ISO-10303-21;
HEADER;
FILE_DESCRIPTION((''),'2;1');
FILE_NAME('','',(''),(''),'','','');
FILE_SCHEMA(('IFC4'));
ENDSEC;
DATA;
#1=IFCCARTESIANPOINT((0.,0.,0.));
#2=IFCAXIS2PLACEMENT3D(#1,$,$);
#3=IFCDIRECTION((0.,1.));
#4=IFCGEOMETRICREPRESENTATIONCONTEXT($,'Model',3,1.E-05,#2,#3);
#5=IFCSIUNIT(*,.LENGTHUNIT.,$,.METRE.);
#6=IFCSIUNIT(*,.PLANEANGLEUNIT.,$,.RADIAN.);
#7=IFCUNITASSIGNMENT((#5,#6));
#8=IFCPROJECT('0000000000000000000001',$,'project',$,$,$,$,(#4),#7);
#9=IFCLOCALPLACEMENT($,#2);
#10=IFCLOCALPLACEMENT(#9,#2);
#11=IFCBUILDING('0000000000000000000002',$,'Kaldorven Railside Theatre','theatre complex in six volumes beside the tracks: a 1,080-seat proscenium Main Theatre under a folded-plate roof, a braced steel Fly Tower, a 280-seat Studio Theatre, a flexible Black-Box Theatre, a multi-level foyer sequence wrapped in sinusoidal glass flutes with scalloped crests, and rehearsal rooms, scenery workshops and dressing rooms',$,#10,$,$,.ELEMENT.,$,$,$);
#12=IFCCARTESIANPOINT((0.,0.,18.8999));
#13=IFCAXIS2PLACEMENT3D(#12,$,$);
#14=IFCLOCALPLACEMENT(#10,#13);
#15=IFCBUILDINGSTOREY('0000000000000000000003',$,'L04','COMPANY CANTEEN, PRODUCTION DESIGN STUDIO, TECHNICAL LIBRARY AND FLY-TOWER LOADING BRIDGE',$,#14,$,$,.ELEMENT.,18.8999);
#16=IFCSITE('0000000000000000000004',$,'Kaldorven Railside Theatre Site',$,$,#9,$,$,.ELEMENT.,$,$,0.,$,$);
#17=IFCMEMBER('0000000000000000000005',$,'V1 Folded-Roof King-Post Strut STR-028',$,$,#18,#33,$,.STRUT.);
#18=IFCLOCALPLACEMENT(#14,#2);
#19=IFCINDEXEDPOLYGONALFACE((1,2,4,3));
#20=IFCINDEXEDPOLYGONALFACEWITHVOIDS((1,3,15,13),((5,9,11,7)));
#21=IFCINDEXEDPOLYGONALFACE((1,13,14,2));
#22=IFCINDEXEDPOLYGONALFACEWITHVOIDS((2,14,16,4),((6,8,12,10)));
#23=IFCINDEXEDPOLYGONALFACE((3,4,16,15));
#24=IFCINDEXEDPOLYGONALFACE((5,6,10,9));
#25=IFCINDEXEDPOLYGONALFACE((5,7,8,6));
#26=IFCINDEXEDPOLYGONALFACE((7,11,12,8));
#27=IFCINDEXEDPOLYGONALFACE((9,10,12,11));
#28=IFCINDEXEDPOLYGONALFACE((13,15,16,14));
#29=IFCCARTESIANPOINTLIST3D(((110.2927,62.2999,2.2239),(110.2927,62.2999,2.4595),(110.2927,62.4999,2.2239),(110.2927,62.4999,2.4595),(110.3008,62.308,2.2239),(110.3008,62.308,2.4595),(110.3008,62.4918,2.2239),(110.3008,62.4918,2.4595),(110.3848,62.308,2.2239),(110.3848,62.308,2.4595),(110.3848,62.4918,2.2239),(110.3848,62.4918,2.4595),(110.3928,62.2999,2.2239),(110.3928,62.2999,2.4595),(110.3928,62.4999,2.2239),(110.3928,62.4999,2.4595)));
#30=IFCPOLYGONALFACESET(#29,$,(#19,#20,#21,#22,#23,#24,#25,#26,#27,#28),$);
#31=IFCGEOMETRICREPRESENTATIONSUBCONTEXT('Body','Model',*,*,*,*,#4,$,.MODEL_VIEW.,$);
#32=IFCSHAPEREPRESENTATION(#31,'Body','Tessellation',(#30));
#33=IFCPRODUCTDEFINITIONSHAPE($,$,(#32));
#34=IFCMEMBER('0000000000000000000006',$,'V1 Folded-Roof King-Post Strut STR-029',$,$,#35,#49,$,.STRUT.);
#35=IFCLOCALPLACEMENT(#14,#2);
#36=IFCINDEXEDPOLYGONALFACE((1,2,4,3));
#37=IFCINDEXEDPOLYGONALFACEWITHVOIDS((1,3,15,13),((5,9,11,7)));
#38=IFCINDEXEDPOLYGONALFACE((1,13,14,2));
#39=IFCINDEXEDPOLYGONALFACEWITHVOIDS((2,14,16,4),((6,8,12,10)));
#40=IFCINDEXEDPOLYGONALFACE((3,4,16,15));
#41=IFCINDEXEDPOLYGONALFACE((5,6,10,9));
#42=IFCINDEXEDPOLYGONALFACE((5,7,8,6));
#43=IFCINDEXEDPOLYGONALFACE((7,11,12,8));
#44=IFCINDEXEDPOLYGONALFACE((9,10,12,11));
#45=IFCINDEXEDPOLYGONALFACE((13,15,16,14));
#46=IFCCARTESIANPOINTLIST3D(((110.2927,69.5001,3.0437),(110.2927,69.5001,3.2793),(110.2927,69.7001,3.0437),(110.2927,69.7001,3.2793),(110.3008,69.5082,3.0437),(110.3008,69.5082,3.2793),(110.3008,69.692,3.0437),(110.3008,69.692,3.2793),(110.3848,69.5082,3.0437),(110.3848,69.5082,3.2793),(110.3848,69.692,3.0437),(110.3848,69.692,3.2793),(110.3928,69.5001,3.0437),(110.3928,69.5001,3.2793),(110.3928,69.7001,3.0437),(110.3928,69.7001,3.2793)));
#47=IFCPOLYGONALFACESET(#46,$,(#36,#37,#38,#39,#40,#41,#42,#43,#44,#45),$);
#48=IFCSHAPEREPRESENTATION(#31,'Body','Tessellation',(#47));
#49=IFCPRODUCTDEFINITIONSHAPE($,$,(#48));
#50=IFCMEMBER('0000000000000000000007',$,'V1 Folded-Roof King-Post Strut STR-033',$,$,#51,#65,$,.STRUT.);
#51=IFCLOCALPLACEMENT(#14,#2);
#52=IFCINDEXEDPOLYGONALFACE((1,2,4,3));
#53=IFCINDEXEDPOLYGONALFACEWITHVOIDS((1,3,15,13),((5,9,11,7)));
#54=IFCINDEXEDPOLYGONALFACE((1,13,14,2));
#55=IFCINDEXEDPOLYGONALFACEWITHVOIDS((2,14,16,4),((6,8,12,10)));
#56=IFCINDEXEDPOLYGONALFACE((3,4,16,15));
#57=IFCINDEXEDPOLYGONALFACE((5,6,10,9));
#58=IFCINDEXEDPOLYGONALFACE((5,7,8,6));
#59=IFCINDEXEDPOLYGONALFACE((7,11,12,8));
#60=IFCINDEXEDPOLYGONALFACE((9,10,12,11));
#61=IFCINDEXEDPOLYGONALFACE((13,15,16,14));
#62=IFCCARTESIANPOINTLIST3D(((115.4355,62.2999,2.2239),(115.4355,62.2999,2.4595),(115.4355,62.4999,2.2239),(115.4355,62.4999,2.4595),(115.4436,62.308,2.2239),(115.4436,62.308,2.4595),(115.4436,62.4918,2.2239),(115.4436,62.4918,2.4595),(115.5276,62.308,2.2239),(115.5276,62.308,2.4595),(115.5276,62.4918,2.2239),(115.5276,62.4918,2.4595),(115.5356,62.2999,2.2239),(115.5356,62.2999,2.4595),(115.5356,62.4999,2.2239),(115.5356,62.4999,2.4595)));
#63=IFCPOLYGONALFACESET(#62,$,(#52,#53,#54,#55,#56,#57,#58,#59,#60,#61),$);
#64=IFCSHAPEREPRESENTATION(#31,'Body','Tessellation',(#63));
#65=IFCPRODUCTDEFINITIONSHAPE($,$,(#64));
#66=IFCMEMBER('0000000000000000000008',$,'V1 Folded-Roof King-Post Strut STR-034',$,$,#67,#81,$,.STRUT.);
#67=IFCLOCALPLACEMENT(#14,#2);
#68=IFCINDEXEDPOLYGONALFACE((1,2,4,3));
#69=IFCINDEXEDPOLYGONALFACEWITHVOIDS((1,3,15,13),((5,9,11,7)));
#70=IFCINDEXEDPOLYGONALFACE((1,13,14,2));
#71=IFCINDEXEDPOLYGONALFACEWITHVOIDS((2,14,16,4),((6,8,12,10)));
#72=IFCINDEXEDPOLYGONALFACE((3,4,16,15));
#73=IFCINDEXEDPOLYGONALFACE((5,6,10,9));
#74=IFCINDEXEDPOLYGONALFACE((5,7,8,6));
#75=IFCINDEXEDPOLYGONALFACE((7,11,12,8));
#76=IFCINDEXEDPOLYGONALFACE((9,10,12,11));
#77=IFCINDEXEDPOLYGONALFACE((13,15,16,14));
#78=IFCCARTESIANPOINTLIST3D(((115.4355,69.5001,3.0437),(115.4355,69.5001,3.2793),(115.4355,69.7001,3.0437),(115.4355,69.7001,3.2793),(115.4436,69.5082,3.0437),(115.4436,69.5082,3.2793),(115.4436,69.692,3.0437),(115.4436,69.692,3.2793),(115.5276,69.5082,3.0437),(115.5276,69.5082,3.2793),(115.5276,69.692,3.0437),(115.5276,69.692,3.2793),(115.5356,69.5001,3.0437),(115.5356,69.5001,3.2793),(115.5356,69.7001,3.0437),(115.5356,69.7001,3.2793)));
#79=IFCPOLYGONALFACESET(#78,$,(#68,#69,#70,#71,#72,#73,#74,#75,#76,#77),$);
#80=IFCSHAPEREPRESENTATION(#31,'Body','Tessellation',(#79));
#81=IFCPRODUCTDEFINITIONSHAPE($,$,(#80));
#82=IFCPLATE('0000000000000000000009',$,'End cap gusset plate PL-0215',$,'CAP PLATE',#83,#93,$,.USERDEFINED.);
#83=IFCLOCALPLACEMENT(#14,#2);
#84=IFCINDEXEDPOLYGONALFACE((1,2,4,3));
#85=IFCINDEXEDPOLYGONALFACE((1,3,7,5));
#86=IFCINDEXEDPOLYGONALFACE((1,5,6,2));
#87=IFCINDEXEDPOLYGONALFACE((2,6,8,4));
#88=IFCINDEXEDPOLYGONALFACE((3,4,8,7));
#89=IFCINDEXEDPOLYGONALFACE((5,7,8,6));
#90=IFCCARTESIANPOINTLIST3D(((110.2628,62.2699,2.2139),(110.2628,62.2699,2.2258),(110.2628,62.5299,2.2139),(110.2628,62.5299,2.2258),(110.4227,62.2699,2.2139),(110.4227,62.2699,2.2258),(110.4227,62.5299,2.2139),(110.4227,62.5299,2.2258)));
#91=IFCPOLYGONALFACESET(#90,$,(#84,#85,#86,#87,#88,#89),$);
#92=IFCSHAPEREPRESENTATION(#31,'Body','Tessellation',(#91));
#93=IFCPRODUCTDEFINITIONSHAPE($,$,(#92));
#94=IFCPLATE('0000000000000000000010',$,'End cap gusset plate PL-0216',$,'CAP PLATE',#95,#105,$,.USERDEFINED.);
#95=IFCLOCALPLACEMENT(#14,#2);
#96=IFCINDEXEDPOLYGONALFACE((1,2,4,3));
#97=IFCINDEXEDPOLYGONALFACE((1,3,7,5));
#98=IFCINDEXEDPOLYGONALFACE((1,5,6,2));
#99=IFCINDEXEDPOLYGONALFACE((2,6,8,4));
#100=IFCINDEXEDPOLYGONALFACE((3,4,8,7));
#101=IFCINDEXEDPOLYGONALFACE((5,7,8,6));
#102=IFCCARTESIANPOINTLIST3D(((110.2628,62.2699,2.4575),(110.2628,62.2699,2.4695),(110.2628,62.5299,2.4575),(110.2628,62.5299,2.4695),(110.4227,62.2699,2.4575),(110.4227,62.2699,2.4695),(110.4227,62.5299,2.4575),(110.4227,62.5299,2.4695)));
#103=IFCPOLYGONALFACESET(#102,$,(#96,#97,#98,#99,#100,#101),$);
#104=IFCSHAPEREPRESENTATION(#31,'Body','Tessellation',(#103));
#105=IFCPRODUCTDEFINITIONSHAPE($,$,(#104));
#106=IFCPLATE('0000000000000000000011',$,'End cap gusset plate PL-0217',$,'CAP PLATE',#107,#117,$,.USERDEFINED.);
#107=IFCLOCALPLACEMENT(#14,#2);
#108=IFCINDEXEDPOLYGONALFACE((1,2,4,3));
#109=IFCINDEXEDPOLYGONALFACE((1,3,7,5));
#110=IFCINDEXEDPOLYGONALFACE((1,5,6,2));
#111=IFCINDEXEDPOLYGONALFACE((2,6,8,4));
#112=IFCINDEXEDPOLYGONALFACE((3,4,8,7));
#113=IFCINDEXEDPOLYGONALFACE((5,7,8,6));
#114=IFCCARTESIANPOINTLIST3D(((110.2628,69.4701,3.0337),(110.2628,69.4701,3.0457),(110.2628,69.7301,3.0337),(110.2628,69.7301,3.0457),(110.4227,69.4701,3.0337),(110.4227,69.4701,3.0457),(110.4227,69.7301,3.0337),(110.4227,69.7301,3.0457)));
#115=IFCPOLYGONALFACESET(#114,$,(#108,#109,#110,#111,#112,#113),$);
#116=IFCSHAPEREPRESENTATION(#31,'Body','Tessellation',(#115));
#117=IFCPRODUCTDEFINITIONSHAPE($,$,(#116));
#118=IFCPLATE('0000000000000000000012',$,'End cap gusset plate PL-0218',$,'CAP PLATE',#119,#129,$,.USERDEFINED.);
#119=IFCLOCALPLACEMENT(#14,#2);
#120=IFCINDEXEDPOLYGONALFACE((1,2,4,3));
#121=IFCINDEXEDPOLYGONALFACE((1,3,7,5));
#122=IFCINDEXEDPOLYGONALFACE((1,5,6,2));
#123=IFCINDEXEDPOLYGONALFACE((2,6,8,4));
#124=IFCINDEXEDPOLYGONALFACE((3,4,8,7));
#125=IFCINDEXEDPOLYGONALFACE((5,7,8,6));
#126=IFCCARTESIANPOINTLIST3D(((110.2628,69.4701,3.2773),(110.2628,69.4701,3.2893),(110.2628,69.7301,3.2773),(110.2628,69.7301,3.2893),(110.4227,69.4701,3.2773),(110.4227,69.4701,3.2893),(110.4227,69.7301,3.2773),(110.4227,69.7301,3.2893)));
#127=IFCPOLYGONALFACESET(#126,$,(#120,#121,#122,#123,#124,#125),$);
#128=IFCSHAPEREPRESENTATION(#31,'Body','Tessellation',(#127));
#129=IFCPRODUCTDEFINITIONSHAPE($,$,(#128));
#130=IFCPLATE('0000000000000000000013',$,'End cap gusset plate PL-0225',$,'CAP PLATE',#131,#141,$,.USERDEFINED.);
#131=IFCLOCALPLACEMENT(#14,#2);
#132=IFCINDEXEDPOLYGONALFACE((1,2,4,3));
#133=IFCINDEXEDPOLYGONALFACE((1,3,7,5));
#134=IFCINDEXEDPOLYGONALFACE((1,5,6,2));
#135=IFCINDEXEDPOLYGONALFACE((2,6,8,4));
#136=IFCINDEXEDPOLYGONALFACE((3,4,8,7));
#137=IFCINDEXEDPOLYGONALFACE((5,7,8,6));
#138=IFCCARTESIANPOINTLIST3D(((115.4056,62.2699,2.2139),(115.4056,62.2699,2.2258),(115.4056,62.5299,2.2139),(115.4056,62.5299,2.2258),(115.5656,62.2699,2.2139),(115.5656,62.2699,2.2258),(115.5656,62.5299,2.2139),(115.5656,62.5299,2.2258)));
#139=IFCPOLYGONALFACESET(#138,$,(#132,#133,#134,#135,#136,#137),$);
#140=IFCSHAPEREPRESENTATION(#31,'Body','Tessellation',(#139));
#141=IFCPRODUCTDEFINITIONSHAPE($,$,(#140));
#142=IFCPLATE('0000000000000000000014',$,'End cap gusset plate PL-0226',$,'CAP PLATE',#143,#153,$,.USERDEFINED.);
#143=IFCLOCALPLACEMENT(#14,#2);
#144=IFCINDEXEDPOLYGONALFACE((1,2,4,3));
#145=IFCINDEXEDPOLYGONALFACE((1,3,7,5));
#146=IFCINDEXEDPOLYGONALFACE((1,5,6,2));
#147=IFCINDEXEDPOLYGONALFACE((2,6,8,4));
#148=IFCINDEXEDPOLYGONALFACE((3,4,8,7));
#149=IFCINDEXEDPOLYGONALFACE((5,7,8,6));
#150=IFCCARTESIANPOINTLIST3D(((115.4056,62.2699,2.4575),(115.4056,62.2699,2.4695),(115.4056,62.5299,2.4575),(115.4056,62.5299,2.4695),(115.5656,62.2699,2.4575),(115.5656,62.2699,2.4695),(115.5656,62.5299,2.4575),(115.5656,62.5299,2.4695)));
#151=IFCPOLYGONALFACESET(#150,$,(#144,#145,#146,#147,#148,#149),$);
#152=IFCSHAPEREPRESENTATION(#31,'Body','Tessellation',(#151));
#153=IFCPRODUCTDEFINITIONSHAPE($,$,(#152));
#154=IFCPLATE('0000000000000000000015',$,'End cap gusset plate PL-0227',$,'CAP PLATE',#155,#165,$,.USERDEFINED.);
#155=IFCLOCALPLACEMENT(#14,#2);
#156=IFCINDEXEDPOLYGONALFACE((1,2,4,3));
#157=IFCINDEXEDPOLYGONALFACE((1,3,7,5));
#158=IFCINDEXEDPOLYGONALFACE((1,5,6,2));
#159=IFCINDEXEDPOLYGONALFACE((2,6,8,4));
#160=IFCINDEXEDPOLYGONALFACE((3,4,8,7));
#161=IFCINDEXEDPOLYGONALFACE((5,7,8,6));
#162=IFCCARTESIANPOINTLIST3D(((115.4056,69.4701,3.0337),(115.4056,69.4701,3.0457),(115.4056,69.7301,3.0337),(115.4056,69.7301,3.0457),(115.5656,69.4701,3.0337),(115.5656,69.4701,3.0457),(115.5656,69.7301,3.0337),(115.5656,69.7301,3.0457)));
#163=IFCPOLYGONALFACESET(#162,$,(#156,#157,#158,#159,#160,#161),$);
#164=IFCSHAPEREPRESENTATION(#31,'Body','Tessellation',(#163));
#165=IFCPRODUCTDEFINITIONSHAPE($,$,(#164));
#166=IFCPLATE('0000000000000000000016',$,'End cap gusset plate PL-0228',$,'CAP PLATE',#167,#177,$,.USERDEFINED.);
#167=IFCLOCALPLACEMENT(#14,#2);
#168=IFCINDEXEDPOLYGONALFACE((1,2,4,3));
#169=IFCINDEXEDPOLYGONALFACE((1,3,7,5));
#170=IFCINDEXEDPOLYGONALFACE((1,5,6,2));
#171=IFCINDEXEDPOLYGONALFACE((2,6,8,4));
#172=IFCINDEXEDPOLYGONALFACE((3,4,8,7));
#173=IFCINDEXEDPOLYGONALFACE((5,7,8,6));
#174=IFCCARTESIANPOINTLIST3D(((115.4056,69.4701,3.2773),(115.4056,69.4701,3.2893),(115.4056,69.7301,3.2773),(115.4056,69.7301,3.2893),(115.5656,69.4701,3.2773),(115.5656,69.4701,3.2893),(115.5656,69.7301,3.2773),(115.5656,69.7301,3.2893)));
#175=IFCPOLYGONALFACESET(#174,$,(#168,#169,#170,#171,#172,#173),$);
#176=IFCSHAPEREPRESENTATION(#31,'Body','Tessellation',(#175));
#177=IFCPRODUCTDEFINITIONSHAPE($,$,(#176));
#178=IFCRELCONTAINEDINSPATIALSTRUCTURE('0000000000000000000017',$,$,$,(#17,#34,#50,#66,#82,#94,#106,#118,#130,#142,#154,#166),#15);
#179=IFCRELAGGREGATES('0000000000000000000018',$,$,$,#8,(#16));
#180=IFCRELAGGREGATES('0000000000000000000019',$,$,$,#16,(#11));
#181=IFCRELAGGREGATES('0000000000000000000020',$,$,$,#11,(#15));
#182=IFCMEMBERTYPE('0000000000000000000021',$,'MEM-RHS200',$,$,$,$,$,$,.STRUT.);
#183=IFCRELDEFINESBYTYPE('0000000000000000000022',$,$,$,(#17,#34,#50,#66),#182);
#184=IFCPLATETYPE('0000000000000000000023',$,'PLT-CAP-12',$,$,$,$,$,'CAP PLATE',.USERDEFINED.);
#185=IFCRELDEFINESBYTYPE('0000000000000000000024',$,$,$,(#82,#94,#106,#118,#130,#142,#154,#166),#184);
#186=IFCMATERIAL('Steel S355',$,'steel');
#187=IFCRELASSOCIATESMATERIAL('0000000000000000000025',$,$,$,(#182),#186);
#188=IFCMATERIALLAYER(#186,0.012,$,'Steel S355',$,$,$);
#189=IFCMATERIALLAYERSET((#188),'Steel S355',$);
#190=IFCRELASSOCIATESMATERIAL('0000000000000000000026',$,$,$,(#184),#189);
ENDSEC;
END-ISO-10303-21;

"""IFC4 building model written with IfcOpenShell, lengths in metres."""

from ifc_helpers import new_model, si_unit, direction, frame, origin, origin_2d, place, context, subcontext, project, spatial, rectangle, hollow_rectangle, extrude, material, layer, layer_set, material_profile, profile_set, type_object, element, save


model = new_model("IFC4")

# Units and contexts
model_context = context("Model", 3, precision=1e-05, world=origin(), true_north=direction((0.0, 1.0)))
body_context = subcontext(model_context, "Body", "Model", "MODEL_VIEW")
ifc_project = project(units=[si_unit("LENGTHUNIT", "METRE"), si_unit("PLANEANGLEUNIT", "RADIAN")], contexts=[model_context])

# Site, building, storey
site_placement = place(None, origin())
site = spatial("IfcSite", under=ifc_project, at=site_placement, Name="Kaldorven Railside Theatre Site", CompositionType="ELEMENT", RefElevation=0.0)
building_placement = place(site_placement, origin())
building = spatial("IfcBuilding", under=site, at=building_placement, Name="Kaldorven Railside Theatre", Description="theatre complex in six volumes beside the tracks: a 1,080-seat proscenium Main Theatre under a folded-plate roof, a braced steel Fly Tower, a 280-seat Studio Theatre, a flexible Black-Box Theatre, a multi-level foyer sequence wrapped in sinusoidal glass flutes with scalloped crests, and rehearsal rooms, scenery workshops and dressing rooms", CompositionType="ELEMENT")
storey_placement = place(building_placement, frame((0.0, 0.0, 18.8999)))
storey = spatial("IfcBuildingStorey", under=building, at=storey_placement, Name="L04", Description="COMPANY CANTEEN, PRODUCTION DESIGN STUDIO, TECHNICAL LIBRARY AND FLY-TOWER LOADING BRIDGE", CompositionType="ELEMENT", Elevation=18.8999)

# Shared definitions
ifc_material = material(Name="Steel S355", Category="steel")

# Members
ifc_material_profile_1 = material_profile(ifc_material, hollow_rectangle(XDim=0.1001, YDim=0.2, WallThickness=0.0081, at=origin_2d()), Name="RHS 200x100x8")
ifc_profile_set_1 = profile_set([ifc_material_profile_1], Name="Steel S355")
member_type_1 = type_object("IfcMemberType", Name="MEM-RHS200", PredefinedType="STRUT", material=ifc_profile_set_1)
for number, where, z_axis, x_axis, name in (
    (1, (110.3428, 62.3999, 2.2239), (0.0, 0.0, 1.0), (1.0, 0.0, 0.0), "V1 Folded-Roof King-Post Strut STR-028"),
    (2, (110.3428, 69.6001, 3.0437), (0.0, 0.0, 1.0), (1.0, 0.0, 0.0), "V1 Folded-Roof King-Post Strut STR-029"),
    (3, (115.4856, 62.3999, 2.2239), (0.0, 0.0, 1.0), (1.0, 0.0, 0.0), "V1 Folded-Roof King-Post Strut STR-033"),
    (4, (115.4856, 69.6001, 3.0437), (0.0, 0.0, 1.0), (1.0, 0.0, 0.0), "V1 Folded-Roof King-Post Strut STR-034"),
):
    element("IfcMember", number, at=place(storey_placement, frame(where, z_axis=z_axis, x_axis=x_axis)), inside=storey, type_object=member_type_1, Name=name, PredefinedType="STRUT", context=body_context, shape_type="SweptSolid", body=[
        extrude(hollow_rectangle(XDim=0.1001, YDim=0.2, WallThickness=0.0081, at=origin_2d()), origin(), (0.0, 0.0, 1.0), 0.2356),
    ])

# Plates
ifc_layer = layer(ifc_material, 0.012, Name="Steel S355")
ifc_layer_set = layer_set([ifc_layer], Name="Steel S355")
plate_type = type_object("IfcPlateType", Name="PLT-CAP-12", ElementType="CAP PLATE", PredefinedType="USERDEFINED", material=ifc_layer_set)
for number, where, z_axis, x_axis, name in (
    (5, (110.3428, 62.3999, 2.2139), (0.0, 0.0, 1.0), (1.0, 0.0, 0.0), "End cap gusset plate PL-0215"),
    (6, (110.3428, 62.3999, 2.4575), (0.0, 0.0, 1.0), (1.0, 0.0, 0.0), "End cap gusset plate PL-0216"),
    (7, (110.3428, 69.6001, 3.0337), (0.0, 0.0, 1.0), (1.0, 0.0, 0.0), "End cap gusset plate PL-0217"),
    (8, (110.3428, 69.6001, 3.2773), (0.0, 0.0, 1.0), (1.0, 0.0, 0.0), "End cap gusset plate PL-0218"),
    (9, (115.4856, 62.3999, 2.2139), (0.0, 0.0, 1.0), (1.0, 0.0, 0.0), "End cap gusset plate PL-0225"),
    (10, (115.4856, 62.3999, 2.4575), (0.0, 0.0, 1.0), (1.0, 0.0, 0.0), "End cap gusset plate PL-0226"),
    (11, (115.4856, 69.6001, 3.0337), (0.0, 0.0, 1.0), (1.0, 0.0, 0.0), "End cap gusset plate PL-0227"),
    (12, (115.4856, 69.6001, 3.2773), (0.0, 0.0, 1.0), (1.0, 0.0, 0.0), "End cap gusset plate PL-0228"),
):
    element("IfcPlate", number, at=place(storey_placement, frame(where, z_axis=z_axis, x_axis=x_axis)), inside=storey, type_object=plate_type, Name=name, ObjectType="CAP PLATE", PredefinedType="USERDEFINED", context=body_context, shape_type="SweptSolid", body=[
        extrude(rectangle(XDim=0.1599, YDim=0.26, at=origin_2d()), origin(), (0.0, 0.0, 1.0), 0.012),
    ])

save(model, "model.ifc")
